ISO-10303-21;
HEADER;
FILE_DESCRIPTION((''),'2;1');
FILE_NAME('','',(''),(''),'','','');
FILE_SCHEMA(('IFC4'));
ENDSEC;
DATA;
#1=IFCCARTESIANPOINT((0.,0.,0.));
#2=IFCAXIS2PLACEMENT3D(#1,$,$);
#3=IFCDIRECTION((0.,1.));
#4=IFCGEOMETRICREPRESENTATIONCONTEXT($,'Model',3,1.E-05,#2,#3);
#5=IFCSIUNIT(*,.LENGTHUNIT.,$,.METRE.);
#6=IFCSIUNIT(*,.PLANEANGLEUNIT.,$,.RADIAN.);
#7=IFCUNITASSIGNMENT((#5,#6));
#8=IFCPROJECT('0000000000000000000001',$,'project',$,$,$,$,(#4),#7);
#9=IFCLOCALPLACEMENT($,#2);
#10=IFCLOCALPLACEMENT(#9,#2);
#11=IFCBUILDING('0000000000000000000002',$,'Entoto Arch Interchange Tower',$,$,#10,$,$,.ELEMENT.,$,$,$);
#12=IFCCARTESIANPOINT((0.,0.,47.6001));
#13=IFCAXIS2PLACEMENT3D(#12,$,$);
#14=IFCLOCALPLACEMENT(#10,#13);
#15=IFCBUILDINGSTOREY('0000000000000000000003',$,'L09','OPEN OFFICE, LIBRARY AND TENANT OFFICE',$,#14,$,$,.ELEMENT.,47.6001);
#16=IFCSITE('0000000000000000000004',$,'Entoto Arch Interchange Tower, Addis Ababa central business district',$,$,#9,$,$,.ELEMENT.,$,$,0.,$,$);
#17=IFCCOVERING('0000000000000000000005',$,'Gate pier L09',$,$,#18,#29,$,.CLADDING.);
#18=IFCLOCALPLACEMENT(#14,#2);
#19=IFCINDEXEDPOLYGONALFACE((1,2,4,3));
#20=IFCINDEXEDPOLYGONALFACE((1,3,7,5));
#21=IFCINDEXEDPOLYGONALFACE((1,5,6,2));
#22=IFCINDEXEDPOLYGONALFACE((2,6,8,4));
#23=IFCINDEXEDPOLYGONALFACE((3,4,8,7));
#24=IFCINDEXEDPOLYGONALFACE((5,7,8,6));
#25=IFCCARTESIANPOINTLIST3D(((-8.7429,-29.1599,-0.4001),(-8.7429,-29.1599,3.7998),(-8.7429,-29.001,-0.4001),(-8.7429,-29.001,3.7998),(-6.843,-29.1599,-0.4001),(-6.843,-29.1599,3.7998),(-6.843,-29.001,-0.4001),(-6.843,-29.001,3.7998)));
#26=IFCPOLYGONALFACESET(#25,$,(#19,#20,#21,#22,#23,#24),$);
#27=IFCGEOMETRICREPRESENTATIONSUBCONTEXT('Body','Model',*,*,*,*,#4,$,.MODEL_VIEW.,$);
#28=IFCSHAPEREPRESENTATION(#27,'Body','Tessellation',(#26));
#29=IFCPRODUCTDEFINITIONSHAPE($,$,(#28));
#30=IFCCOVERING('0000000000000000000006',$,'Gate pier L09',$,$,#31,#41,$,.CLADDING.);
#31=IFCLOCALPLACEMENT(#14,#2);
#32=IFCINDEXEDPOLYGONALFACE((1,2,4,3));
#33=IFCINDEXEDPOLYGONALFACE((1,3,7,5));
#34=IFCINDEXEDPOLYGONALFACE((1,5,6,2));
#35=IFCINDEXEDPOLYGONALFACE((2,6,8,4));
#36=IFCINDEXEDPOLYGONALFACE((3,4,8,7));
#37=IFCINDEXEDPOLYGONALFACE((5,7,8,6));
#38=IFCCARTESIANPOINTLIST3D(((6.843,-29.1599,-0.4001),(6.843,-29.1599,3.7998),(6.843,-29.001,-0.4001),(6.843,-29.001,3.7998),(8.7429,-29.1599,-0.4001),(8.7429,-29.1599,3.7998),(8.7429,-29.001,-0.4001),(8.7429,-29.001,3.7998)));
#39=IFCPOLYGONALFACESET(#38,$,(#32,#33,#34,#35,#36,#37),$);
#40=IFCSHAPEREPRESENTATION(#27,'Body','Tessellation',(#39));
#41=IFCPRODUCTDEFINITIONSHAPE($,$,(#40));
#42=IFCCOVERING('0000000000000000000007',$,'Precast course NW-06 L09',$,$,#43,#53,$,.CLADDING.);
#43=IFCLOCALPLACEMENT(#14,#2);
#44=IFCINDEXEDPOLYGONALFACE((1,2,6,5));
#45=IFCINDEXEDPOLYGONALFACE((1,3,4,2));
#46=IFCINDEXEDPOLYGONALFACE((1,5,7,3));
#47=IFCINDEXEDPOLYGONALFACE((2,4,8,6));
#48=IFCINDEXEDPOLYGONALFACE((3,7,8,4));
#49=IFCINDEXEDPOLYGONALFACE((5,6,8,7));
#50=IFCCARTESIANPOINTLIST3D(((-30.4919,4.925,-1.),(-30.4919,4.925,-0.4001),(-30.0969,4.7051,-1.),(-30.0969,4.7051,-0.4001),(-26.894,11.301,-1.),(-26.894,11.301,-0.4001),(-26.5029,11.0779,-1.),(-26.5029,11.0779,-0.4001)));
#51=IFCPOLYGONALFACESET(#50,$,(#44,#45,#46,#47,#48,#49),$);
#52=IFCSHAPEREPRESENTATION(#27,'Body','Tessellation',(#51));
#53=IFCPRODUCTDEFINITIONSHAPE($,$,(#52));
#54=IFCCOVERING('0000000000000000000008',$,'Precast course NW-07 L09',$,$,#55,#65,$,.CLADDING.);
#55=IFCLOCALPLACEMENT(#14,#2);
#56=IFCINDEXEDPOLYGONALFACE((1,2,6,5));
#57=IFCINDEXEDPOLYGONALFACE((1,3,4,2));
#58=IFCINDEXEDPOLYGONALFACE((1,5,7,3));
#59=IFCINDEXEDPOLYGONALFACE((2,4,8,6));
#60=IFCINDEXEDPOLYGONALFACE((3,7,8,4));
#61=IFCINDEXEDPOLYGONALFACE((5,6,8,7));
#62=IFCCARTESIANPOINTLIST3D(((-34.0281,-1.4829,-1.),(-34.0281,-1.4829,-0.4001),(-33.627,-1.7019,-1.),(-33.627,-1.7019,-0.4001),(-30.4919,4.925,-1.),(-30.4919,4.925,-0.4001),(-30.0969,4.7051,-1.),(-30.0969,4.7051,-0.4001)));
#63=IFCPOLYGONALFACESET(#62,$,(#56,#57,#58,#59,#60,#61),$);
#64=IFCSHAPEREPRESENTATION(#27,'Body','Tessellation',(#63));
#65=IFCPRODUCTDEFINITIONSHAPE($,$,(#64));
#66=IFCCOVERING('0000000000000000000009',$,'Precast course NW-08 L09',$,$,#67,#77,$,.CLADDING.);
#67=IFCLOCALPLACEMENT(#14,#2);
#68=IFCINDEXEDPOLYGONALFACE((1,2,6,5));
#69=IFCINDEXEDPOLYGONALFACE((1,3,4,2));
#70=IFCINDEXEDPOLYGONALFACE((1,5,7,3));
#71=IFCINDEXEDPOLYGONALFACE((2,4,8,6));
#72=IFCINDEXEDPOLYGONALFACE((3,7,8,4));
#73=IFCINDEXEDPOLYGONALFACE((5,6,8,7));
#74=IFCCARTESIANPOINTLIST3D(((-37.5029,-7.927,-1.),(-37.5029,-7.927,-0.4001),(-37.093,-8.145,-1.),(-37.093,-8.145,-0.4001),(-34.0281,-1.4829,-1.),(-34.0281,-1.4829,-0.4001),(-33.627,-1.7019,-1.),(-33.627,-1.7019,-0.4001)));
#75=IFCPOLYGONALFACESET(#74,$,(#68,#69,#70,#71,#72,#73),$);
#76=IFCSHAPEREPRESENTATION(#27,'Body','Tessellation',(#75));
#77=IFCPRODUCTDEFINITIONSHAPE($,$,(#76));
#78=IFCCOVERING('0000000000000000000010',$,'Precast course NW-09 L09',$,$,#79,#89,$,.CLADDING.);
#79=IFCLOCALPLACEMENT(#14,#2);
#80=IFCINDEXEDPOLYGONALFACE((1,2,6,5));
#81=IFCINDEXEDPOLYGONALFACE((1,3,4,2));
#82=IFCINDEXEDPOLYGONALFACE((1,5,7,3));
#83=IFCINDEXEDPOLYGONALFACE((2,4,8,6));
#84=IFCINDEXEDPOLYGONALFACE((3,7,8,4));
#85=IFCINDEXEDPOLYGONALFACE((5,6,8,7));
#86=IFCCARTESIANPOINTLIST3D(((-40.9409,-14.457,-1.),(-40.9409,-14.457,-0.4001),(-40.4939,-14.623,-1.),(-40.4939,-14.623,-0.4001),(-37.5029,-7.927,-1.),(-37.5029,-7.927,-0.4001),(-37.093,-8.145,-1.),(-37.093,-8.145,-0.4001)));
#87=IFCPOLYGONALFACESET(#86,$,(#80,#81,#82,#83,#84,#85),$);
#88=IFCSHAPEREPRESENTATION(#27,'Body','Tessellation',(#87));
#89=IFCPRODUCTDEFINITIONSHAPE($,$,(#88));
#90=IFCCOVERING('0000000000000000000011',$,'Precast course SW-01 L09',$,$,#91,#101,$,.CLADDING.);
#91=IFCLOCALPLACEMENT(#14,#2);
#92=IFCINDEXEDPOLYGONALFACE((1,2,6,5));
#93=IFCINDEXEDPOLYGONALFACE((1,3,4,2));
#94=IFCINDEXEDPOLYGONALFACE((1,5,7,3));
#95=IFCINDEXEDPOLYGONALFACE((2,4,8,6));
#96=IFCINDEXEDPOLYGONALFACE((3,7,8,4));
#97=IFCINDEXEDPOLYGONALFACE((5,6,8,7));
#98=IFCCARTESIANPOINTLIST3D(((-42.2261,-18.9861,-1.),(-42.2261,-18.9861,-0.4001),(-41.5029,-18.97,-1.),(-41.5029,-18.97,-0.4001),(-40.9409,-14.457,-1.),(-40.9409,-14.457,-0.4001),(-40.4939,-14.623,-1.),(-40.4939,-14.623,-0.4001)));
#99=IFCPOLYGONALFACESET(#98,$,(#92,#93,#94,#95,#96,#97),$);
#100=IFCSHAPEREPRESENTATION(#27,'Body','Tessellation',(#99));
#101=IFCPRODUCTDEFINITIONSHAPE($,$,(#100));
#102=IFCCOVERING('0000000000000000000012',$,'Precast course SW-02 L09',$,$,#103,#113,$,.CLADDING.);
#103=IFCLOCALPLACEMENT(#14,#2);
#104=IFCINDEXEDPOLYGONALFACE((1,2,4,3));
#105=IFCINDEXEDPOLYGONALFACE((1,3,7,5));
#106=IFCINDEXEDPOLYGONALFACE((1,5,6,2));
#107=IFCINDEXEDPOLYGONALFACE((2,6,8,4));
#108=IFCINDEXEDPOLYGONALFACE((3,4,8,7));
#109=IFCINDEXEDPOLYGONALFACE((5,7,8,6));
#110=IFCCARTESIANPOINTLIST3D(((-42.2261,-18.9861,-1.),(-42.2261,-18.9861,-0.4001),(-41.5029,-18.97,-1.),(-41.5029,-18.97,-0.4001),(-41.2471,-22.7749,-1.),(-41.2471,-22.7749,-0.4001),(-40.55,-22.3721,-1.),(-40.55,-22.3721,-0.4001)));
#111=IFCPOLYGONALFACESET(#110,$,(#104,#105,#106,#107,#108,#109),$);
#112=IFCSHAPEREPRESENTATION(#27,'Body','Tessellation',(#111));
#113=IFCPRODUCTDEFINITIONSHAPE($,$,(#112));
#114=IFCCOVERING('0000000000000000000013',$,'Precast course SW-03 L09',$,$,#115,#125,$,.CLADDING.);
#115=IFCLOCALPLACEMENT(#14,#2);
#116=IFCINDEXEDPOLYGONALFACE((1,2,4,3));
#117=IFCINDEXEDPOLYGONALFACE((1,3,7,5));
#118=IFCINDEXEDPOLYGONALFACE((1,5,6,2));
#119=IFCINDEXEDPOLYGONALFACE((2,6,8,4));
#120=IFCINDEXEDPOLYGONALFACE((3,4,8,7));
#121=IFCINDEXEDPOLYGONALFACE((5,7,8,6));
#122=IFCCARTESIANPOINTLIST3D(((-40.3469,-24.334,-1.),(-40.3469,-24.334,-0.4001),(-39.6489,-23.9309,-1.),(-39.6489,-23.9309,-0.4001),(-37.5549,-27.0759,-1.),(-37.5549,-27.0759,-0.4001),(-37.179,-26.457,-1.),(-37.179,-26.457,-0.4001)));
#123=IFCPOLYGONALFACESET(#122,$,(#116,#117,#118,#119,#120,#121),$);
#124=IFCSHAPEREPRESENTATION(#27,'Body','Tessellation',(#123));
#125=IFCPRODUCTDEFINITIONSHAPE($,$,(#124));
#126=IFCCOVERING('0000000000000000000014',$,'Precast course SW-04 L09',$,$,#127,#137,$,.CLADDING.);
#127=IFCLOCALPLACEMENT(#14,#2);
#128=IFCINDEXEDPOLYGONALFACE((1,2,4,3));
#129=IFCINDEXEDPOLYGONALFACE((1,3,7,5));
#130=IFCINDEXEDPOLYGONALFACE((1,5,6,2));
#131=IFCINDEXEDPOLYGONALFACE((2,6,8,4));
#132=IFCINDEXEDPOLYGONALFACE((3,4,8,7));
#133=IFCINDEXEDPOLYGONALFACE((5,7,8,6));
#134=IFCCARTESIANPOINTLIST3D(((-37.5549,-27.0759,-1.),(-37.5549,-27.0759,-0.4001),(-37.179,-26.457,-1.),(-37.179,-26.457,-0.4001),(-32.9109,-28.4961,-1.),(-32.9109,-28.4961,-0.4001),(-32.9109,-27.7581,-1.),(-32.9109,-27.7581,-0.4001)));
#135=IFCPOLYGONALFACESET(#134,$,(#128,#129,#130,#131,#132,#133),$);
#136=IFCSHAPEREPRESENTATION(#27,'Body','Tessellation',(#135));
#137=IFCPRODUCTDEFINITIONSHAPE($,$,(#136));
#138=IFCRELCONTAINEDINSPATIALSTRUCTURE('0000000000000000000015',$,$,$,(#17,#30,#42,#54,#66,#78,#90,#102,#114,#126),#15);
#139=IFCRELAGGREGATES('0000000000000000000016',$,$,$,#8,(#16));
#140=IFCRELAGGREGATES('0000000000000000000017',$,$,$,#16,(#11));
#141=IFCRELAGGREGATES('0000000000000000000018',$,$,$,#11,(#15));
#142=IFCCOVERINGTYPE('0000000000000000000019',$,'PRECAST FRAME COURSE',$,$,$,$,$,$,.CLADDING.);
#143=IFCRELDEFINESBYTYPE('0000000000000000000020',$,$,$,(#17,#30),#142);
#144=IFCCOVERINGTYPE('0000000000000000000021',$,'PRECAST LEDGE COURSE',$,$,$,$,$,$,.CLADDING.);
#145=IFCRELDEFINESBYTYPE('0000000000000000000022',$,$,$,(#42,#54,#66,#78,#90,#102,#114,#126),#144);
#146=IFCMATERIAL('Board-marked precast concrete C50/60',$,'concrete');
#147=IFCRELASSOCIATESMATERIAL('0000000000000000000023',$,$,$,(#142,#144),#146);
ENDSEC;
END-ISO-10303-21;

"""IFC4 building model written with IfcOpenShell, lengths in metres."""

from ifc_helpers import new_model, si_unit, direction, frame, origin, place, context, subcontext, project, spatial, polyline, outline, extrude, material, type_object, element, save


model = new_model("IFC4")

# Units and contexts
model_context = context("Model", 3, precision=1e-05, world=origin(), true_north=direction((0.0, 1.0)))
body_context = subcontext(model_context, "Body", "Model", "MODEL_VIEW")
ifc_project = project(units=[si_unit("LENGTHUNIT", "METRE"), si_unit("PLANEANGLEUNIT", "RADIAN")], contexts=[model_context])

# Site, building, storey
site_placement = place(None, origin())
site = spatial("IfcSite", under=ifc_project, at=site_placement, Name="Entoto Arch Interchange Tower, Addis Ababa central business district", CompositionType="ELEMENT", RefElevation=0.0)
building_placement = place(site_placement, origin())
building = spatial("IfcBuilding", under=site, at=building_placement, Name="Entoto Arch Interchange Tower", CompositionType="ELEMENT")
storey_placement = place(building_placement, frame((0.0, 0.0, 47.6001)))
storey = spatial("IfcBuildingStorey", under=building, at=storey_placement, Name="L09", Description="OPEN OFFICE, LIBRARY AND TENANT OFFICE", CompositionType="ELEMENT", Elevation=47.6001)

# Shared definitions
ifc_material_1 = material(Name="Board-marked precast concrete C50/60", Category="concrete")

# Coverings
covering_type_1 = type_object("IfcCoveringType", Name="PRECAST FRAME COURSE", PredefinedType="CLADDING", material=ifc_material_1)
covering_1_placement = place(storey_placement, frame((0.0, 0.0, -0.4001)))
element("IfcCovering", 1, at=covering_1_placement, inside=storey, type_object=covering_type_1, Name="Gate pier L09", PredefinedType="CLADDING", context=body_context, shape_type="SweptSolid", body=[
    extrude(outline(polyline([(-8.7429, -29.001), (-6.843, -29.001), (-6.843, -29.1599), (-8.7429, -29.1599), (-8.7429, -29.001)])), origin(), (0.0, 0.0, 1.0), 4.2),
])
covering_2_placement = place(storey_placement, frame((0.0, 0.0, -0.4001)))
element("IfcCovering", 2, at=covering_2_placement, inside=storey, type_object=covering_type_1, Name="Gate pier L09", PredefinedType="CLADDING", context=body_context, shape_type="SweptSolid", body=[
    extrude(outline(polyline([(6.843, -29.001), (8.7429, -29.001), (8.7429, -29.1599), (6.843, -29.1599), (6.843, -29.001)])), origin(), (0.0, 0.0, 1.0), 4.2),
])
covering_type_2 = type_object("IfcCoveringType", Name="PRECAST LEDGE COURSE", PredefinedType="CLADDING", material=ifc_material_1)
covering_3_placement = place(storey_placement, frame((0.0, 0.0, -1.0)))
element("IfcCovering", 3, at=covering_3_placement, inside=storey, type_object=covering_type_2, Name="Precast course NW-06 L09", PredefinedType="CLADDING", context=body_context, shape_type="SweptSolid", body=[
    extrude(outline(polyline([(-30.0969, 4.7051), (-30.4919, 4.925), (-26.894, 11.301), (-26.5029, 11.0779), (-30.0969, 4.7051)])), origin(), (0.0, 0.0, 1.0), 0.5999),
])
covering_4_placement = place(storey_placement, frame((0.0, 0.0, -1.0)))
element("IfcCovering", 4, at=covering_4_placement, inside=storey, type_object=covering_type_2, Name="Precast course NW-07 L09", PredefinedType="CLADDING", context=body_context, shape_type="SweptSolid", body=[
    extrude(outline(polyline([(-33.627, -1.7019), (-34.0281, -1.4829), (-30.4919, 4.925), (-30.0969, 4.7051), (-33.627, -1.7019)])), origin(), (0.0, 0.0, 1.0), 0.5999),
])
covering_5_placement = place(storey_placement, frame((0.0, 0.0, -1.0)))
element("IfcCovering", 5, at=covering_5_placement, inside=storey, type_object=covering_type_2, Name="Precast course NW-08 L09", PredefinedType="CLADDING", context=body_context, shape_type="SweptSolid", body=[
    extrude(outline(polyline([(-37.093, -8.145), (-37.5029, -7.927), (-34.0281, -1.4829), (-33.627, -1.7019), (-37.093, -8.145)])), origin(), (0.0, 0.0, 1.0), 0.5999),
])
covering_6_placement = place(storey_placement, frame((0.0, 0.0, -1.0)))
element("IfcCovering", 6, at=covering_6_placement, inside=storey, type_object=covering_type_2, Name="Precast course NW-09 L09", PredefinedType="CLADDING", context=body_context, shape_type="SweptSolid", body=[
    extrude(outline(polyline([(-40.4939, -14.623), (-40.9409, -14.457), (-37.5029, -7.927), (-37.093, -8.145), (-40.4939, -14.623)])), origin(), (0.0, 0.0, 1.0), 0.5999),
])
covering_7_placement = place(storey_placement, frame((0.0, 0.0, -1.0)))
element("IfcCovering", 7, at=covering_7_placement, inside=storey, type_object=covering_type_2, Name="Precast course SW-01 L09", PredefinedType="CLADDING", context=body_context, shape_type="SweptSolid", body=[
    extrude(outline(polyline([(-41.5029, -18.97), (-42.2261, -18.9861), (-40.9409, -14.457), (-40.4939, -14.623), (-41.5029, -18.97)])), origin(), (0.0, 0.0, 1.0), 0.5999),
])
covering_8_placement = place(storey_placement, frame((0.0, 0.0, -1.0)))
element("IfcCovering", 8, at=covering_8_placement, inside=storey, type_object=covering_type_2, Name="Precast course SW-02 L09", PredefinedType="CLADDING", context=body_context, shape_type="SweptSolid", body=[
    extrude(outline(polyline([(-40.55, -22.3721), (-41.2471, -22.7749), (-42.2261, -18.9861), (-41.5029, -18.97), (-40.55, -22.3721)])), origin(), (0.0, 0.0, 1.0), 0.5999),
])
covering_9_placement = place(storey_placement, frame((0.0, 0.0, -1.0)))
element("IfcCovering", 9, at=covering_9_placement, inside=storey, type_object=covering_type_2, Name="Precast course SW-03 L09", PredefinedType="CLADDING", context=body_context, shape_type="SweptSolid", body=[
    extrude(outline(polyline([(-37.179, -26.457), (-37.5549, -27.0759), (-40.3469, -24.334), (-39.6489, -23.9309), (-37.179, -26.457)])), origin(), (0.0, 0.0, 1.0), 0.5999),
])
covering_10_placement = place(storey_placement, frame((0.0, 0.0, -1.0)))
element("IfcCovering", 10, at=covering_10_placement, inside=storey, type_object=covering_type_2, Name="Precast course SW-04 L09", PredefinedType="CLADDING", context=body_context, shape_type="SweptSolid", body=[
    extrude(outline(polyline([(-32.9109, -27.7581), (-32.9109, -28.4961), (-37.5549, -27.0759), (-37.179, -26.457), (-32.9109, -27.7581)])), origin(), (0.0, 0.0, 1.0), 0.5999),
])

save(model, "model.ifc")
